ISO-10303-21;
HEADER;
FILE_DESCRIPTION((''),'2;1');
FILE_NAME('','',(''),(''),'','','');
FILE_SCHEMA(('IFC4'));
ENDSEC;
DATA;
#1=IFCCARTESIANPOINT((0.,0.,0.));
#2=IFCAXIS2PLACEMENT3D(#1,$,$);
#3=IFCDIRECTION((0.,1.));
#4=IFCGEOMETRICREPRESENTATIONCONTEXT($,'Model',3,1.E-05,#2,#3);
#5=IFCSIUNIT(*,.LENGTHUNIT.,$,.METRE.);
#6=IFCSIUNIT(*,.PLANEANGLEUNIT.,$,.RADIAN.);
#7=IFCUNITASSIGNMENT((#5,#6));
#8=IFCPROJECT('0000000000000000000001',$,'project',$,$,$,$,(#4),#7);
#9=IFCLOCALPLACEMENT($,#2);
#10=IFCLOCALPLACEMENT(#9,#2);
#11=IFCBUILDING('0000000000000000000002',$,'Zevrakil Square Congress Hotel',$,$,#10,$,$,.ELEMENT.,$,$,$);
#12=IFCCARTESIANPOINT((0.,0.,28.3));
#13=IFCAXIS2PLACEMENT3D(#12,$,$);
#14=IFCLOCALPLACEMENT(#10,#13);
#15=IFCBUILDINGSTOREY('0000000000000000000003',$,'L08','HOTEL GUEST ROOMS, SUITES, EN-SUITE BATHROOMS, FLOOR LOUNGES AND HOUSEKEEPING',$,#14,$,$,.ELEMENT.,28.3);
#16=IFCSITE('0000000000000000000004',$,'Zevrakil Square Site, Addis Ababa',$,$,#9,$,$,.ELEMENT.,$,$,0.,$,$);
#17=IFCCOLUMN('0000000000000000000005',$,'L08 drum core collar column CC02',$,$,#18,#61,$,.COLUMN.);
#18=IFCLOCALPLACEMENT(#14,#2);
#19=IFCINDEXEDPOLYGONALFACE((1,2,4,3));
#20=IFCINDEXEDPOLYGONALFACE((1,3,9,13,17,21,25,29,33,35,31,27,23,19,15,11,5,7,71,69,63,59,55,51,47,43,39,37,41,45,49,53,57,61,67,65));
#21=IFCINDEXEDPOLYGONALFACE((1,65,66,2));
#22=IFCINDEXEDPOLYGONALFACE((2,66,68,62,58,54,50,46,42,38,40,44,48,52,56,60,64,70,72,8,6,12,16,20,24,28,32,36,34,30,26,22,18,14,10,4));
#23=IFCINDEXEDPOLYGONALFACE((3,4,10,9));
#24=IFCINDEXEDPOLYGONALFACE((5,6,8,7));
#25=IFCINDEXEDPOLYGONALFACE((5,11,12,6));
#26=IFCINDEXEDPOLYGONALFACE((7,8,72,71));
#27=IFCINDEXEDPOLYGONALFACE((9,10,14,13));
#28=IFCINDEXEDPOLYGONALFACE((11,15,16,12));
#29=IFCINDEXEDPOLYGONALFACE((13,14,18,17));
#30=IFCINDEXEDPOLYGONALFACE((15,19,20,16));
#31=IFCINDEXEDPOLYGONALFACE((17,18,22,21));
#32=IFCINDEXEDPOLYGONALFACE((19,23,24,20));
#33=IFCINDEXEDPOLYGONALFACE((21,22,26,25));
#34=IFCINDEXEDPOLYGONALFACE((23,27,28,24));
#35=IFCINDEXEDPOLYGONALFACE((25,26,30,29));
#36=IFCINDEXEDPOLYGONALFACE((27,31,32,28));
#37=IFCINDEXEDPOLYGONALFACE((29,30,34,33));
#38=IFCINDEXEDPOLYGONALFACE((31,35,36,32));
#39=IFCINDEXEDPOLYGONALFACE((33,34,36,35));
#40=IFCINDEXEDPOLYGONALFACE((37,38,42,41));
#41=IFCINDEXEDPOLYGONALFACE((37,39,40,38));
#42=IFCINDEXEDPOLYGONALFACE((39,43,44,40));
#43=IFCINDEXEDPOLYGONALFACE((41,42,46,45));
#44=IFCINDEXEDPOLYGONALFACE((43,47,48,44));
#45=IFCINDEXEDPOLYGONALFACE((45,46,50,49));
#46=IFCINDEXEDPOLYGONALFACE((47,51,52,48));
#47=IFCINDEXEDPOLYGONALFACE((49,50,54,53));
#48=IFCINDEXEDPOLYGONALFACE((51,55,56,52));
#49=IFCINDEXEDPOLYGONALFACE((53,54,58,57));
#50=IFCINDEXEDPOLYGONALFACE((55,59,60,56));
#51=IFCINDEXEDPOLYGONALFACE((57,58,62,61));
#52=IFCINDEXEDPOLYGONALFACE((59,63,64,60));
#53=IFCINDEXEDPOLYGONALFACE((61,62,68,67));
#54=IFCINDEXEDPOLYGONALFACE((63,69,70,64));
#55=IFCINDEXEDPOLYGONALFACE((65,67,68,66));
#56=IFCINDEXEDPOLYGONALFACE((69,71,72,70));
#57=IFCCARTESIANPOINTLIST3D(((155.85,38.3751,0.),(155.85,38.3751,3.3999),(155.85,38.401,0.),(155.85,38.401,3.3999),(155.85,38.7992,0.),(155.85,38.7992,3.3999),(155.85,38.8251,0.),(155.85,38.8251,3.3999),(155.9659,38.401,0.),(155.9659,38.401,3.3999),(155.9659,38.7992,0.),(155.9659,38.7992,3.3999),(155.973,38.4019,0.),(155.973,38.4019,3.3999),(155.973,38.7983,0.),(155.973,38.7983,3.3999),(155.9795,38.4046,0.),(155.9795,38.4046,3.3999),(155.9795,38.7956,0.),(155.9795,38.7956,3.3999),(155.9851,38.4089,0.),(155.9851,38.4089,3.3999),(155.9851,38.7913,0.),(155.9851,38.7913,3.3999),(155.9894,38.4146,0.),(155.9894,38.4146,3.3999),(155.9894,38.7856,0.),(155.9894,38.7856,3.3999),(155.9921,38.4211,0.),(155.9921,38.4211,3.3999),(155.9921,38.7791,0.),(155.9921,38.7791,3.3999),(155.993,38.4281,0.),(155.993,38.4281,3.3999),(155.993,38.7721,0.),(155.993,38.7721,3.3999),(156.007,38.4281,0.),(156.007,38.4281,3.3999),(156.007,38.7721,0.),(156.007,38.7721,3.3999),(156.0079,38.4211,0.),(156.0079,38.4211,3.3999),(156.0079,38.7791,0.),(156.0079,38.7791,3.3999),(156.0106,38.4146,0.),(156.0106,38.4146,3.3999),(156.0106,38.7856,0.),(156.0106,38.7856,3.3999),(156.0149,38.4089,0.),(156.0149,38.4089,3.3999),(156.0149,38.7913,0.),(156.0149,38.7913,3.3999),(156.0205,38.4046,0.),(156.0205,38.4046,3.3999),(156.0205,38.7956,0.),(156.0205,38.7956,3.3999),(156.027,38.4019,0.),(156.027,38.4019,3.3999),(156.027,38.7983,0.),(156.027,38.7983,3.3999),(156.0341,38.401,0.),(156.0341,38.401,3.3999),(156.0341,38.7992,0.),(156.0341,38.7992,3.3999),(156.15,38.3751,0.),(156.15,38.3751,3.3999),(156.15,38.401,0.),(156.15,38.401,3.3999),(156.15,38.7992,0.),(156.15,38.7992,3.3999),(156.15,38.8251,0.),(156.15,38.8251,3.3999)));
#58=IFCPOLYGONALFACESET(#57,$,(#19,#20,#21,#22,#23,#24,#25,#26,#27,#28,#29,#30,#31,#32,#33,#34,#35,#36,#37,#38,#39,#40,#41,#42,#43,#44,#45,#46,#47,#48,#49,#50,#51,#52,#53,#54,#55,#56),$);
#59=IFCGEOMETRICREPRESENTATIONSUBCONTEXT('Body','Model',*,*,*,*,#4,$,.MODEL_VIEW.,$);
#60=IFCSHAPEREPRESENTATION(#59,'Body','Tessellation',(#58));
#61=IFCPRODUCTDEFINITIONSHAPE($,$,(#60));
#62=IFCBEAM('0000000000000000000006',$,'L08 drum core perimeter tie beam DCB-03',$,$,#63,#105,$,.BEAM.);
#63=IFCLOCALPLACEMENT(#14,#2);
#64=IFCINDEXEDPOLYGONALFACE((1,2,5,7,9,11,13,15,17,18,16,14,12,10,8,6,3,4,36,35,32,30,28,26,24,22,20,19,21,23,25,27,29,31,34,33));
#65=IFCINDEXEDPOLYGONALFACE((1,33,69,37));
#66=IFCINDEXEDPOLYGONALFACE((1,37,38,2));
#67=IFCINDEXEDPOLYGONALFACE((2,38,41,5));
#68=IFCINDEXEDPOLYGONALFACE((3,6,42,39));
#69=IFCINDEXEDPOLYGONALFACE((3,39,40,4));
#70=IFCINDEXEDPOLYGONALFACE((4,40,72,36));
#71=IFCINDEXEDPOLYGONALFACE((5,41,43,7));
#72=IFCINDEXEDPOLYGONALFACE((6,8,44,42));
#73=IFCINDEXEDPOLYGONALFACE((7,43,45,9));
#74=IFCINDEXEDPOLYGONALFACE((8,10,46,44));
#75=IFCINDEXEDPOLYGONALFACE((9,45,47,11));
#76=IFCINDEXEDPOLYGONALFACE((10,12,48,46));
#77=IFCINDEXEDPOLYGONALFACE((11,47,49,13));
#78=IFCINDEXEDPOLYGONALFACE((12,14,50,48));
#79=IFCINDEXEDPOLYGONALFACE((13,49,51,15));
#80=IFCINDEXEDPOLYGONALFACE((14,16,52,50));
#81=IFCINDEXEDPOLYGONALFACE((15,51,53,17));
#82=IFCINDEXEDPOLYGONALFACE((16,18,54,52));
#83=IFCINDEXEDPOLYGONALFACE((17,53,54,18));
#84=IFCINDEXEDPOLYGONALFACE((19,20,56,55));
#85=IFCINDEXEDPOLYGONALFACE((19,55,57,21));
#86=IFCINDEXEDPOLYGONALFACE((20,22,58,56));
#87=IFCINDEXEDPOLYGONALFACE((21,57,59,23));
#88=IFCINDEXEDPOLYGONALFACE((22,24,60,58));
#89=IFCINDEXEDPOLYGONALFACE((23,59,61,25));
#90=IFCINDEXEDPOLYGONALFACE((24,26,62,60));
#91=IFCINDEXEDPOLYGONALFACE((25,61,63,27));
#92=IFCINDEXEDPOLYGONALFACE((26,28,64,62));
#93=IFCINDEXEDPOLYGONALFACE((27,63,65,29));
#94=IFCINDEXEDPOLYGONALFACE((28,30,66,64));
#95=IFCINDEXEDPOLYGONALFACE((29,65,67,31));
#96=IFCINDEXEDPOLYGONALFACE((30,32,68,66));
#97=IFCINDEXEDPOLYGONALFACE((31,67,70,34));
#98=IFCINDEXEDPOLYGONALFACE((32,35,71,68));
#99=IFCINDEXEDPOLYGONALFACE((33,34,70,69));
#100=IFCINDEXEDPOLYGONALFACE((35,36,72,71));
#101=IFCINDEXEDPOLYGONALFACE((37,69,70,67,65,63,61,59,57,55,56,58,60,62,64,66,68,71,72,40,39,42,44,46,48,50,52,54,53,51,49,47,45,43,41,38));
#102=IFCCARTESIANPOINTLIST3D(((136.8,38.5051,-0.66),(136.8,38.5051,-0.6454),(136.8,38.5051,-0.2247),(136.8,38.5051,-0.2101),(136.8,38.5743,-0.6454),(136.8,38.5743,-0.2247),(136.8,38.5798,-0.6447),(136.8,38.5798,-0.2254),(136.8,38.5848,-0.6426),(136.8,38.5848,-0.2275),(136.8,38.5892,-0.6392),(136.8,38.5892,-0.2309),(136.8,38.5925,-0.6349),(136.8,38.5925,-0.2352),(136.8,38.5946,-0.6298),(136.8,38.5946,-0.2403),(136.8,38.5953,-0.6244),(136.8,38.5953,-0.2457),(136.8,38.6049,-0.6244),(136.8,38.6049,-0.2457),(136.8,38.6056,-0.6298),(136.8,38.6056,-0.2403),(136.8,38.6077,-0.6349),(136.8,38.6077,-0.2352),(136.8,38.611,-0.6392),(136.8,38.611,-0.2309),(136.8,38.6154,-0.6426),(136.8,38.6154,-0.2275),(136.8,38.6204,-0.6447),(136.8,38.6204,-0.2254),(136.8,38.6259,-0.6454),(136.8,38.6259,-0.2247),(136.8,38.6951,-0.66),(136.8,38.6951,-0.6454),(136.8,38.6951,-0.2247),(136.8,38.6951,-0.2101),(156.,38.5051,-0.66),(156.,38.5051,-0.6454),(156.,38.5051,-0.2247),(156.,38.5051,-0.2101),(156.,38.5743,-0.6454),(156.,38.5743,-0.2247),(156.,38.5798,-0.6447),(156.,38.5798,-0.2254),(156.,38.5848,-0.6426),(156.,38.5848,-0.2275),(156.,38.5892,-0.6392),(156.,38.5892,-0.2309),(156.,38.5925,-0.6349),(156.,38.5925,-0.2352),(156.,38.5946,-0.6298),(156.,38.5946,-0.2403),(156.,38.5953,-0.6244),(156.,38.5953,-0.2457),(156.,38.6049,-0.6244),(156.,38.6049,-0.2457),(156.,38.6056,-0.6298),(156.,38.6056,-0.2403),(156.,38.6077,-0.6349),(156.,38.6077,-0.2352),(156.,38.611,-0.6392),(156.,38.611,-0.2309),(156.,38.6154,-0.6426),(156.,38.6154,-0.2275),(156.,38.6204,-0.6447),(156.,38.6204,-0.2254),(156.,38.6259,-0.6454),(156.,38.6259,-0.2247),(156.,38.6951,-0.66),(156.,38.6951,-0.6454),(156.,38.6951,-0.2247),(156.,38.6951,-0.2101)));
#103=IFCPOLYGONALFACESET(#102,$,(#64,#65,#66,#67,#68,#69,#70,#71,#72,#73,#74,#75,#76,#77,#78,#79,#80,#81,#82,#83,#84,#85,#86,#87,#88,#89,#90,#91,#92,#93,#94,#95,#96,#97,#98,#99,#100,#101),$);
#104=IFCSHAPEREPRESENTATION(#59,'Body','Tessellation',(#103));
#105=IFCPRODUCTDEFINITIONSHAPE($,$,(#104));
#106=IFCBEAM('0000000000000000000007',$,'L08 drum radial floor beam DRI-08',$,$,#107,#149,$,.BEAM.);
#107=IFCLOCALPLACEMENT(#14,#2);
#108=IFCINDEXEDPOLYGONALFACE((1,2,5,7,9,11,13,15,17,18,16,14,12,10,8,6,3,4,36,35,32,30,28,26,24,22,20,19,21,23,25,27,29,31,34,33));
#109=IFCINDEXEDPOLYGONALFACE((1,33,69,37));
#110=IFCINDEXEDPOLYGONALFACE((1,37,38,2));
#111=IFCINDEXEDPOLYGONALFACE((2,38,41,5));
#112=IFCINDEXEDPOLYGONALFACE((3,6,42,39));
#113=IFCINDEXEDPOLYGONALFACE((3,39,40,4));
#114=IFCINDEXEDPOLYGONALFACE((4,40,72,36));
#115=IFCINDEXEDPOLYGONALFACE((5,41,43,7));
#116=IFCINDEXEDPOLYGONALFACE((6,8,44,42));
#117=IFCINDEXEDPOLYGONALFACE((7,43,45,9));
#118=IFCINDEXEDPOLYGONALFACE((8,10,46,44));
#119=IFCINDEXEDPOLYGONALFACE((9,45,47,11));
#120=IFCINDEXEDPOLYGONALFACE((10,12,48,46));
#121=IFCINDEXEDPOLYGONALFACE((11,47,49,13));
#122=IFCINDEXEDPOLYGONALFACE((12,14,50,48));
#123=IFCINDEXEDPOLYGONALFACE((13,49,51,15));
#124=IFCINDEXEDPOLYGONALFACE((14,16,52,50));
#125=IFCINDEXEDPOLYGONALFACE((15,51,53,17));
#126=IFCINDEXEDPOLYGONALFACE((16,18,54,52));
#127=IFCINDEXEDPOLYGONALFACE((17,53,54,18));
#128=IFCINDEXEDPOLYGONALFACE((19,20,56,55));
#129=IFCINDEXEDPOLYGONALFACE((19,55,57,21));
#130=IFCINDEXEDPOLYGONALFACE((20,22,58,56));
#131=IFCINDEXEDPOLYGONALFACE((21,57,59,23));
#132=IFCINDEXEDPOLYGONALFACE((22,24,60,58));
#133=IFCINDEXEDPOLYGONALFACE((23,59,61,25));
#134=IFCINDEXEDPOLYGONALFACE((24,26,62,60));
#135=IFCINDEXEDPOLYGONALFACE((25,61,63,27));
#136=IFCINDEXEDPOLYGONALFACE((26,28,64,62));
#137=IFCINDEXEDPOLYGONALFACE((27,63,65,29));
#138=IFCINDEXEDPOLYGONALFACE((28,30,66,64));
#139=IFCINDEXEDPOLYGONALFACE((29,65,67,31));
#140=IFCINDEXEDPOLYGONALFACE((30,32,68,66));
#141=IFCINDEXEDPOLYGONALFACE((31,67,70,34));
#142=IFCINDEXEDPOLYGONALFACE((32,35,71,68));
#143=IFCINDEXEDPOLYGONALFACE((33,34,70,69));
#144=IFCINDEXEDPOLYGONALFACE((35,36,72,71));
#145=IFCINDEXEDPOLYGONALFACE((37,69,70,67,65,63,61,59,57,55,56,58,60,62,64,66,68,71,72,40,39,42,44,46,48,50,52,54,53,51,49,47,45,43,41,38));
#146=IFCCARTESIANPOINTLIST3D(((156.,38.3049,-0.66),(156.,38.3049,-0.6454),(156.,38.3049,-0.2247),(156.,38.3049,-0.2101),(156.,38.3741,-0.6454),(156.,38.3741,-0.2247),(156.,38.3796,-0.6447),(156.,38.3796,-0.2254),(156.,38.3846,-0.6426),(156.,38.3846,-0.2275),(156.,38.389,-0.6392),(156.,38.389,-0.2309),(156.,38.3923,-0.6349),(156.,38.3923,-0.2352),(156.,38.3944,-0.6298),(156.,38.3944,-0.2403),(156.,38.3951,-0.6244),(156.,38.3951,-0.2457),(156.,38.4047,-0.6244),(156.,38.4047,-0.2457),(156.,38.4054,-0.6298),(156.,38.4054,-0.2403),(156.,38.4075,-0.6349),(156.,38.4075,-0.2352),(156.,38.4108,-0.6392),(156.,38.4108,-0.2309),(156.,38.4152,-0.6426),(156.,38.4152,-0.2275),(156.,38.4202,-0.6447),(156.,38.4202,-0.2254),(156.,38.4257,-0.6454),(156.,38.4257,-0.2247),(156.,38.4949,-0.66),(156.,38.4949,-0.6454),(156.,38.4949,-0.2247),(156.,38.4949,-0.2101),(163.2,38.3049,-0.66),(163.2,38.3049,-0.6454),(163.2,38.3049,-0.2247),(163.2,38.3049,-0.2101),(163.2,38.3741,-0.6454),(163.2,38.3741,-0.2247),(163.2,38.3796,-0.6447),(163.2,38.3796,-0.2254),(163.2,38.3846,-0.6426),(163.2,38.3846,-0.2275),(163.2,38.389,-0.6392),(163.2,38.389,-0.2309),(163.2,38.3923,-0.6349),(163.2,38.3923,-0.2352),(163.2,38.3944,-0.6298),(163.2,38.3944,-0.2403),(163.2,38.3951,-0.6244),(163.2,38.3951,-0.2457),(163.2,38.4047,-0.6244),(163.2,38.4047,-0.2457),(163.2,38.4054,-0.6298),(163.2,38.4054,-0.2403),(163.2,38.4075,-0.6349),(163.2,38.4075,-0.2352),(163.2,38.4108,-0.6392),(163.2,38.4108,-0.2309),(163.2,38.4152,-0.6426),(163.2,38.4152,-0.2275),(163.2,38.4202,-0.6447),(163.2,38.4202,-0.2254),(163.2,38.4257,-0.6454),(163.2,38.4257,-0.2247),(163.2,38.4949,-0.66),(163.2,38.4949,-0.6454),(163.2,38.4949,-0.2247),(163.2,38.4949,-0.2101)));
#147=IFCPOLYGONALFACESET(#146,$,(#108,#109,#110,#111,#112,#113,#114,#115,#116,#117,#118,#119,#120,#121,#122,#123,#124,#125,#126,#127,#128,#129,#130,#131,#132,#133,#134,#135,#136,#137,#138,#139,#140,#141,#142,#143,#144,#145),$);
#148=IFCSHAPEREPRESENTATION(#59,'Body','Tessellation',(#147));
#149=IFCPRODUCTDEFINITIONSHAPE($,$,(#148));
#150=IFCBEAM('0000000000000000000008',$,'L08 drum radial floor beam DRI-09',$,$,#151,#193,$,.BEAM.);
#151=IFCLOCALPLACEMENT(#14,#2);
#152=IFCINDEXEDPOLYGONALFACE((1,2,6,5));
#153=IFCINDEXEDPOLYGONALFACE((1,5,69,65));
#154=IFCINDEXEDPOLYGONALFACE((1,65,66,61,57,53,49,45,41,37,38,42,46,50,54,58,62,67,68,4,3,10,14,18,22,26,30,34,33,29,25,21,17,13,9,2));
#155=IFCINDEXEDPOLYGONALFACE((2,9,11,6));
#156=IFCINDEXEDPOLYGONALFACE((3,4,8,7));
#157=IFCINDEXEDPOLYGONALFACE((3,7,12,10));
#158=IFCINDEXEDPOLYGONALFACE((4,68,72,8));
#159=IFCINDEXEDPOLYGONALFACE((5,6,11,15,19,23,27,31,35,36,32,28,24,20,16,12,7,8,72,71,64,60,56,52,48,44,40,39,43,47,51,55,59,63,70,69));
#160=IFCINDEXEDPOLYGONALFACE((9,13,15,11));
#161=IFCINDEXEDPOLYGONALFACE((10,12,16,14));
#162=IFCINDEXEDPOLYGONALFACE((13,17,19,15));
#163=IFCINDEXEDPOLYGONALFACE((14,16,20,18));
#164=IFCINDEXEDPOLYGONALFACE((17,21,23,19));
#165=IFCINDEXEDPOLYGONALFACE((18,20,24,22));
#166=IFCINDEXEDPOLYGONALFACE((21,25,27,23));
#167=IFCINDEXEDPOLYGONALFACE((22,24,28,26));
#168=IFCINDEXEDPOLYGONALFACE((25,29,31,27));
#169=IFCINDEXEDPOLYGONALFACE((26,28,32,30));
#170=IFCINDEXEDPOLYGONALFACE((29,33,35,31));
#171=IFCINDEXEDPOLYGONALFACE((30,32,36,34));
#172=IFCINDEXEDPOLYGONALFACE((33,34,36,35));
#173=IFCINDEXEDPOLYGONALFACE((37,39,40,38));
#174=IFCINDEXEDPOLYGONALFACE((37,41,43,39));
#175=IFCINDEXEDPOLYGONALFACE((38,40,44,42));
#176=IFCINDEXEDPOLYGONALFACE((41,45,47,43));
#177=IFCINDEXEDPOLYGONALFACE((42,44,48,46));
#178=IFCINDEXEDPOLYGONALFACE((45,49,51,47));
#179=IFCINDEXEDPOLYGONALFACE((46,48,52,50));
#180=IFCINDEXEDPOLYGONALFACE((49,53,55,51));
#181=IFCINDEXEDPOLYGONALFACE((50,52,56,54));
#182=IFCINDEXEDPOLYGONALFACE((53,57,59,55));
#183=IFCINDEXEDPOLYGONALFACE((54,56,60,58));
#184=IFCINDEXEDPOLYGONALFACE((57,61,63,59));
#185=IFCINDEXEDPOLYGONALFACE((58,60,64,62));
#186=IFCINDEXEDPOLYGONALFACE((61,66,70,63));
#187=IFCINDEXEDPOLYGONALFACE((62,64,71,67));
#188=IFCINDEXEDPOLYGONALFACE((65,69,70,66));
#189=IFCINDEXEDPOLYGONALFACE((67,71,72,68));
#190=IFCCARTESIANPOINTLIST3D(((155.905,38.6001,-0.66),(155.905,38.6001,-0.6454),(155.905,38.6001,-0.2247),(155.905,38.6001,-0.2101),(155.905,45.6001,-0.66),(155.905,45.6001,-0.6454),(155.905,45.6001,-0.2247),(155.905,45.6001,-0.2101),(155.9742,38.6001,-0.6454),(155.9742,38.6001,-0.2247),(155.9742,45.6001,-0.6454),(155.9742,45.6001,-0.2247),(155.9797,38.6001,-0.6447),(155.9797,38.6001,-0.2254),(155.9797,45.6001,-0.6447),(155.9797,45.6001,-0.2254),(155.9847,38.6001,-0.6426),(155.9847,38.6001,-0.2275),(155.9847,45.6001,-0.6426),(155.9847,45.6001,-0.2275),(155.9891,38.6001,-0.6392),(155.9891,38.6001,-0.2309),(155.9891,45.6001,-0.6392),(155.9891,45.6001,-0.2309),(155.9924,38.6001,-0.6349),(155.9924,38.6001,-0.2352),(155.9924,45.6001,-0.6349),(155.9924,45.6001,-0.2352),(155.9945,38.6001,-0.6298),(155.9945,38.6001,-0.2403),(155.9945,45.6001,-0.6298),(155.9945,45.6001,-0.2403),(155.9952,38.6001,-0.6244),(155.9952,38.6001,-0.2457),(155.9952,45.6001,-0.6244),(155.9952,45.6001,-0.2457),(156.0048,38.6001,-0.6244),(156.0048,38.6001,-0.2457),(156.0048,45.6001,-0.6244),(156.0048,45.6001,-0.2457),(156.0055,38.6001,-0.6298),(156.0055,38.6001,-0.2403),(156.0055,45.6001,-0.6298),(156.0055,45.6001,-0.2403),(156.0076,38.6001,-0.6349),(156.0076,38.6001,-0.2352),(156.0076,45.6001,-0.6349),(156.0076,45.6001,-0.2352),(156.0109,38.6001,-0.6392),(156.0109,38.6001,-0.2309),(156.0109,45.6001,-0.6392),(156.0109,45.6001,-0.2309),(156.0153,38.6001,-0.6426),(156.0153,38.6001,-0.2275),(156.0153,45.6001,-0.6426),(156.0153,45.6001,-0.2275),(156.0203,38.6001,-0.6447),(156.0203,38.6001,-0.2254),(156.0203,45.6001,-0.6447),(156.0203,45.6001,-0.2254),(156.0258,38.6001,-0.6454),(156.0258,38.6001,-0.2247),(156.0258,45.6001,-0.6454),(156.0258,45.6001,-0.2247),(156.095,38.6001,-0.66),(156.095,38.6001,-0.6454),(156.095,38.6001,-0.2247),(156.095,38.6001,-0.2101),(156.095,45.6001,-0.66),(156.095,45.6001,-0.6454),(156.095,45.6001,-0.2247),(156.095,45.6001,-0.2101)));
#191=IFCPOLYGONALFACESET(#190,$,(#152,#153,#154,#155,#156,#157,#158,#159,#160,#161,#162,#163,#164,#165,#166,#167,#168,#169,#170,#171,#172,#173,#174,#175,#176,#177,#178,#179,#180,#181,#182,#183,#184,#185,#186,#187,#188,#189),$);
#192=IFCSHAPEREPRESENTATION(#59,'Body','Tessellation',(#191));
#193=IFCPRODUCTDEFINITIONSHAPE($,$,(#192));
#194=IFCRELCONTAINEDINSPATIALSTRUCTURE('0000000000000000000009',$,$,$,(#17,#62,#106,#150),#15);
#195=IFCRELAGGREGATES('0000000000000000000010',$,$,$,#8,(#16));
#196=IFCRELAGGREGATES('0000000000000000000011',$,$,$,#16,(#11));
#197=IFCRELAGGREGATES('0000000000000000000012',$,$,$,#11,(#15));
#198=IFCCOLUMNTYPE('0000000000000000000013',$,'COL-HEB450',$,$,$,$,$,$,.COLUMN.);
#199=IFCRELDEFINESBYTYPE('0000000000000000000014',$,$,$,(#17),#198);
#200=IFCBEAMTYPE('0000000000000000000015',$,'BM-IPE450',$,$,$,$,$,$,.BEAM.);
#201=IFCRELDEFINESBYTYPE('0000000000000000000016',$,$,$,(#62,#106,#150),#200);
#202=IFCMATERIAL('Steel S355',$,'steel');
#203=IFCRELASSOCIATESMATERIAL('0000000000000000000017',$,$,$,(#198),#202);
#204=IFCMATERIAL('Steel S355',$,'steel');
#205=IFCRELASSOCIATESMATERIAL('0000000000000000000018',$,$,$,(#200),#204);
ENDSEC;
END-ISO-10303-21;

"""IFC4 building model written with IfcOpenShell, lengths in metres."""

from ifc_helpers import new_model, si_unit, direction, frame, origin, origin_2d, place, context, subcontext, project, spatial, i_section, extrude, material, material_profile, profile_set, type_object, element, save


model = new_model("IFC4")

# Units and contexts
model_context = context("Model", 3, precision=1e-05, world=origin(), true_north=direction((0.0, 1.0)))
body_context = subcontext(model_context, "Body", "Model", "MODEL_VIEW")
ifc_project = project(units=[si_unit("LENGTHUNIT", "METRE"), si_unit("PLANEANGLEUNIT", "RADIAN")], contexts=[model_context])

# Site, building, storey
site_placement = place(None, origin())
site = spatial("IfcSite", under=ifc_project, at=site_placement, Name="Zevrakil Square Site, Addis Ababa", CompositionType="ELEMENT", RefElevation=0.0)
building_placement = place(site_placement, origin())
building = spatial("IfcBuilding", under=site, at=building_placement, Name="Zevrakil Square Congress Hotel", CompositionType="ELEMENT")
storey_placement = place(building_placement, frame((0.0, 0.0, 28.3)))
storey = spatial("IfcBuildingStorey", under=building, at=storey_placement, Name="L08", Description="HOTEL GUEST ROOMS, SUITES, EN-SUITE BATHROOMS, FLOOR LOUNGES AND HOUSEKEEPING", CompositionType="ELEMENT", Elevation=28.3)

# Column
ifc_material_1 = material(Name="Steel S355", Category="steel")
ifc_material_profile_1 = material_profile(ifc_material_1, i_section(OverallWidth=0.3, OverallDepth=0.45, WebThickness=0.0139, FlangeThickness=0.0259, FilletRadius=0.0271, at=origin_2d()), Name="HEB 450")
ifc_profile_set_1 = profile_set([ifc_material_profile_1], Name="Steel S355")
column_type = type_object("IfcColumnType", Name="COL-HEB450", PredefinedType="COLUMN", material=ifc_profile_set_1)
column_placement = place(storey_placement, frame((156.0, 38.6001, 0.0), z_axis=(0.0, 0.0, 1.0), x_axis=(1.0, 0.0, 0.0)))
element("IfcColumn", 1, at=column_placement, inside=storey, type_object=column_type, Name="L08 drum core collar column CC02", PredefinedType="COLUMN", context=body_context, shape_type="SweptSolid", body=[
    extrude(i_section(OverallWidth=0.3, OverallDepth=0.45, WebThickness=0.0139, FlangeThickness=0.0259, FilletRadius=0.0271, at=origin_2d()), origin(), (0.0, 0.0, 1.0), 3.3999),
])

# Beams
ifc_material_2 = material(Name="Steel S355", Category="steel")
ifc_material_profile_2 = material_profile(ifc_material_2, i_section(OverallWidth=0.1899, OverallDepth=0.45, WebThickness=0.0095, FlangeThickness=0.0146, FilletRadius=0.021, at=origin_2d()), Name="IPE 450")
ifc_profile_set_2 = profile_set([ifc_material_profile_2], Name="Steel S355")
beam_type = type_object("IfcBeamType", Name="BM-IPE450", PredefinedType="BEAM", material=ifc_profile_set_2)
beam_1_placement = place(storey_placement, frame((156.0, 38.6001, -0.4351), z_axis=(-1.0, 0.0, 0.0), x_axis=(0.0, -1.0, 0.0)))
element("IfcBeam", 2, at=beam_1_placement, inside=storey, type_object=beam_type, Name="L08 drum core perimeter tie beam DCB-03", PredefinedType="BEAM", context=body_context, shape_type="SweptSolid", body=[
    extrude(i_section(OverallWidth=0.1899, OverallDepth=0.45, WebThickness=0.0095, FlangeThickness=0.0146, FilletRadius=0.021, at=origin_2d()), origin(), (0.0, 0.0, 1.0), 19.2),
])
beam_2_placement = place(storey_placement, frame((156.0, 38.3999, -0.4351), z_axis=(1.0, 0.0, 0.0), x_axis=(0.0, 1.0, 0.0)))
element("IfcBeam", 3, at=beam_2_placement, inside=storey, type_object=beam_type, Name="L08 drum radial floor beam DRI-08", PredefinedType="BEAM", context=body_context, shape_type="SweptSolid", body=[
    extrude(i_section(OverallWidth=0.1899, OverallDepth=0.45, WebThickness=0.0095, FlangeThickness=0.0146, FilletRadius=0.021, at=origin_2d()), origin(), (0.0, 0.0, 1.0), 7.2),
])
beam_3_placement = place(storey_placement, frame((156.0, 38.6001, -0.4351), z_axis=(0.0, 1.0, 0.0), x_axis=(-1.0, 0.0, 0.0)))
element("IfcBeam", 4, at=beam_3_placement, inside=storey, type_object=beam_type, Name="L08 drum radial floor beam DRI-09", PredefinedType="BEAM", context=body_context, shape_type="SweptSolid", body=[
    extrude(i_section(OverallWidth=0.1899, OverallDepth=0.45, WebThickness=0.0095, FlangeThickness=0.0146, FilletRadius=0.021, at=origin_2d()), origin(), (0.0, 0.0, 1.0), 7.0),
])

save(model, "model.ifc")
